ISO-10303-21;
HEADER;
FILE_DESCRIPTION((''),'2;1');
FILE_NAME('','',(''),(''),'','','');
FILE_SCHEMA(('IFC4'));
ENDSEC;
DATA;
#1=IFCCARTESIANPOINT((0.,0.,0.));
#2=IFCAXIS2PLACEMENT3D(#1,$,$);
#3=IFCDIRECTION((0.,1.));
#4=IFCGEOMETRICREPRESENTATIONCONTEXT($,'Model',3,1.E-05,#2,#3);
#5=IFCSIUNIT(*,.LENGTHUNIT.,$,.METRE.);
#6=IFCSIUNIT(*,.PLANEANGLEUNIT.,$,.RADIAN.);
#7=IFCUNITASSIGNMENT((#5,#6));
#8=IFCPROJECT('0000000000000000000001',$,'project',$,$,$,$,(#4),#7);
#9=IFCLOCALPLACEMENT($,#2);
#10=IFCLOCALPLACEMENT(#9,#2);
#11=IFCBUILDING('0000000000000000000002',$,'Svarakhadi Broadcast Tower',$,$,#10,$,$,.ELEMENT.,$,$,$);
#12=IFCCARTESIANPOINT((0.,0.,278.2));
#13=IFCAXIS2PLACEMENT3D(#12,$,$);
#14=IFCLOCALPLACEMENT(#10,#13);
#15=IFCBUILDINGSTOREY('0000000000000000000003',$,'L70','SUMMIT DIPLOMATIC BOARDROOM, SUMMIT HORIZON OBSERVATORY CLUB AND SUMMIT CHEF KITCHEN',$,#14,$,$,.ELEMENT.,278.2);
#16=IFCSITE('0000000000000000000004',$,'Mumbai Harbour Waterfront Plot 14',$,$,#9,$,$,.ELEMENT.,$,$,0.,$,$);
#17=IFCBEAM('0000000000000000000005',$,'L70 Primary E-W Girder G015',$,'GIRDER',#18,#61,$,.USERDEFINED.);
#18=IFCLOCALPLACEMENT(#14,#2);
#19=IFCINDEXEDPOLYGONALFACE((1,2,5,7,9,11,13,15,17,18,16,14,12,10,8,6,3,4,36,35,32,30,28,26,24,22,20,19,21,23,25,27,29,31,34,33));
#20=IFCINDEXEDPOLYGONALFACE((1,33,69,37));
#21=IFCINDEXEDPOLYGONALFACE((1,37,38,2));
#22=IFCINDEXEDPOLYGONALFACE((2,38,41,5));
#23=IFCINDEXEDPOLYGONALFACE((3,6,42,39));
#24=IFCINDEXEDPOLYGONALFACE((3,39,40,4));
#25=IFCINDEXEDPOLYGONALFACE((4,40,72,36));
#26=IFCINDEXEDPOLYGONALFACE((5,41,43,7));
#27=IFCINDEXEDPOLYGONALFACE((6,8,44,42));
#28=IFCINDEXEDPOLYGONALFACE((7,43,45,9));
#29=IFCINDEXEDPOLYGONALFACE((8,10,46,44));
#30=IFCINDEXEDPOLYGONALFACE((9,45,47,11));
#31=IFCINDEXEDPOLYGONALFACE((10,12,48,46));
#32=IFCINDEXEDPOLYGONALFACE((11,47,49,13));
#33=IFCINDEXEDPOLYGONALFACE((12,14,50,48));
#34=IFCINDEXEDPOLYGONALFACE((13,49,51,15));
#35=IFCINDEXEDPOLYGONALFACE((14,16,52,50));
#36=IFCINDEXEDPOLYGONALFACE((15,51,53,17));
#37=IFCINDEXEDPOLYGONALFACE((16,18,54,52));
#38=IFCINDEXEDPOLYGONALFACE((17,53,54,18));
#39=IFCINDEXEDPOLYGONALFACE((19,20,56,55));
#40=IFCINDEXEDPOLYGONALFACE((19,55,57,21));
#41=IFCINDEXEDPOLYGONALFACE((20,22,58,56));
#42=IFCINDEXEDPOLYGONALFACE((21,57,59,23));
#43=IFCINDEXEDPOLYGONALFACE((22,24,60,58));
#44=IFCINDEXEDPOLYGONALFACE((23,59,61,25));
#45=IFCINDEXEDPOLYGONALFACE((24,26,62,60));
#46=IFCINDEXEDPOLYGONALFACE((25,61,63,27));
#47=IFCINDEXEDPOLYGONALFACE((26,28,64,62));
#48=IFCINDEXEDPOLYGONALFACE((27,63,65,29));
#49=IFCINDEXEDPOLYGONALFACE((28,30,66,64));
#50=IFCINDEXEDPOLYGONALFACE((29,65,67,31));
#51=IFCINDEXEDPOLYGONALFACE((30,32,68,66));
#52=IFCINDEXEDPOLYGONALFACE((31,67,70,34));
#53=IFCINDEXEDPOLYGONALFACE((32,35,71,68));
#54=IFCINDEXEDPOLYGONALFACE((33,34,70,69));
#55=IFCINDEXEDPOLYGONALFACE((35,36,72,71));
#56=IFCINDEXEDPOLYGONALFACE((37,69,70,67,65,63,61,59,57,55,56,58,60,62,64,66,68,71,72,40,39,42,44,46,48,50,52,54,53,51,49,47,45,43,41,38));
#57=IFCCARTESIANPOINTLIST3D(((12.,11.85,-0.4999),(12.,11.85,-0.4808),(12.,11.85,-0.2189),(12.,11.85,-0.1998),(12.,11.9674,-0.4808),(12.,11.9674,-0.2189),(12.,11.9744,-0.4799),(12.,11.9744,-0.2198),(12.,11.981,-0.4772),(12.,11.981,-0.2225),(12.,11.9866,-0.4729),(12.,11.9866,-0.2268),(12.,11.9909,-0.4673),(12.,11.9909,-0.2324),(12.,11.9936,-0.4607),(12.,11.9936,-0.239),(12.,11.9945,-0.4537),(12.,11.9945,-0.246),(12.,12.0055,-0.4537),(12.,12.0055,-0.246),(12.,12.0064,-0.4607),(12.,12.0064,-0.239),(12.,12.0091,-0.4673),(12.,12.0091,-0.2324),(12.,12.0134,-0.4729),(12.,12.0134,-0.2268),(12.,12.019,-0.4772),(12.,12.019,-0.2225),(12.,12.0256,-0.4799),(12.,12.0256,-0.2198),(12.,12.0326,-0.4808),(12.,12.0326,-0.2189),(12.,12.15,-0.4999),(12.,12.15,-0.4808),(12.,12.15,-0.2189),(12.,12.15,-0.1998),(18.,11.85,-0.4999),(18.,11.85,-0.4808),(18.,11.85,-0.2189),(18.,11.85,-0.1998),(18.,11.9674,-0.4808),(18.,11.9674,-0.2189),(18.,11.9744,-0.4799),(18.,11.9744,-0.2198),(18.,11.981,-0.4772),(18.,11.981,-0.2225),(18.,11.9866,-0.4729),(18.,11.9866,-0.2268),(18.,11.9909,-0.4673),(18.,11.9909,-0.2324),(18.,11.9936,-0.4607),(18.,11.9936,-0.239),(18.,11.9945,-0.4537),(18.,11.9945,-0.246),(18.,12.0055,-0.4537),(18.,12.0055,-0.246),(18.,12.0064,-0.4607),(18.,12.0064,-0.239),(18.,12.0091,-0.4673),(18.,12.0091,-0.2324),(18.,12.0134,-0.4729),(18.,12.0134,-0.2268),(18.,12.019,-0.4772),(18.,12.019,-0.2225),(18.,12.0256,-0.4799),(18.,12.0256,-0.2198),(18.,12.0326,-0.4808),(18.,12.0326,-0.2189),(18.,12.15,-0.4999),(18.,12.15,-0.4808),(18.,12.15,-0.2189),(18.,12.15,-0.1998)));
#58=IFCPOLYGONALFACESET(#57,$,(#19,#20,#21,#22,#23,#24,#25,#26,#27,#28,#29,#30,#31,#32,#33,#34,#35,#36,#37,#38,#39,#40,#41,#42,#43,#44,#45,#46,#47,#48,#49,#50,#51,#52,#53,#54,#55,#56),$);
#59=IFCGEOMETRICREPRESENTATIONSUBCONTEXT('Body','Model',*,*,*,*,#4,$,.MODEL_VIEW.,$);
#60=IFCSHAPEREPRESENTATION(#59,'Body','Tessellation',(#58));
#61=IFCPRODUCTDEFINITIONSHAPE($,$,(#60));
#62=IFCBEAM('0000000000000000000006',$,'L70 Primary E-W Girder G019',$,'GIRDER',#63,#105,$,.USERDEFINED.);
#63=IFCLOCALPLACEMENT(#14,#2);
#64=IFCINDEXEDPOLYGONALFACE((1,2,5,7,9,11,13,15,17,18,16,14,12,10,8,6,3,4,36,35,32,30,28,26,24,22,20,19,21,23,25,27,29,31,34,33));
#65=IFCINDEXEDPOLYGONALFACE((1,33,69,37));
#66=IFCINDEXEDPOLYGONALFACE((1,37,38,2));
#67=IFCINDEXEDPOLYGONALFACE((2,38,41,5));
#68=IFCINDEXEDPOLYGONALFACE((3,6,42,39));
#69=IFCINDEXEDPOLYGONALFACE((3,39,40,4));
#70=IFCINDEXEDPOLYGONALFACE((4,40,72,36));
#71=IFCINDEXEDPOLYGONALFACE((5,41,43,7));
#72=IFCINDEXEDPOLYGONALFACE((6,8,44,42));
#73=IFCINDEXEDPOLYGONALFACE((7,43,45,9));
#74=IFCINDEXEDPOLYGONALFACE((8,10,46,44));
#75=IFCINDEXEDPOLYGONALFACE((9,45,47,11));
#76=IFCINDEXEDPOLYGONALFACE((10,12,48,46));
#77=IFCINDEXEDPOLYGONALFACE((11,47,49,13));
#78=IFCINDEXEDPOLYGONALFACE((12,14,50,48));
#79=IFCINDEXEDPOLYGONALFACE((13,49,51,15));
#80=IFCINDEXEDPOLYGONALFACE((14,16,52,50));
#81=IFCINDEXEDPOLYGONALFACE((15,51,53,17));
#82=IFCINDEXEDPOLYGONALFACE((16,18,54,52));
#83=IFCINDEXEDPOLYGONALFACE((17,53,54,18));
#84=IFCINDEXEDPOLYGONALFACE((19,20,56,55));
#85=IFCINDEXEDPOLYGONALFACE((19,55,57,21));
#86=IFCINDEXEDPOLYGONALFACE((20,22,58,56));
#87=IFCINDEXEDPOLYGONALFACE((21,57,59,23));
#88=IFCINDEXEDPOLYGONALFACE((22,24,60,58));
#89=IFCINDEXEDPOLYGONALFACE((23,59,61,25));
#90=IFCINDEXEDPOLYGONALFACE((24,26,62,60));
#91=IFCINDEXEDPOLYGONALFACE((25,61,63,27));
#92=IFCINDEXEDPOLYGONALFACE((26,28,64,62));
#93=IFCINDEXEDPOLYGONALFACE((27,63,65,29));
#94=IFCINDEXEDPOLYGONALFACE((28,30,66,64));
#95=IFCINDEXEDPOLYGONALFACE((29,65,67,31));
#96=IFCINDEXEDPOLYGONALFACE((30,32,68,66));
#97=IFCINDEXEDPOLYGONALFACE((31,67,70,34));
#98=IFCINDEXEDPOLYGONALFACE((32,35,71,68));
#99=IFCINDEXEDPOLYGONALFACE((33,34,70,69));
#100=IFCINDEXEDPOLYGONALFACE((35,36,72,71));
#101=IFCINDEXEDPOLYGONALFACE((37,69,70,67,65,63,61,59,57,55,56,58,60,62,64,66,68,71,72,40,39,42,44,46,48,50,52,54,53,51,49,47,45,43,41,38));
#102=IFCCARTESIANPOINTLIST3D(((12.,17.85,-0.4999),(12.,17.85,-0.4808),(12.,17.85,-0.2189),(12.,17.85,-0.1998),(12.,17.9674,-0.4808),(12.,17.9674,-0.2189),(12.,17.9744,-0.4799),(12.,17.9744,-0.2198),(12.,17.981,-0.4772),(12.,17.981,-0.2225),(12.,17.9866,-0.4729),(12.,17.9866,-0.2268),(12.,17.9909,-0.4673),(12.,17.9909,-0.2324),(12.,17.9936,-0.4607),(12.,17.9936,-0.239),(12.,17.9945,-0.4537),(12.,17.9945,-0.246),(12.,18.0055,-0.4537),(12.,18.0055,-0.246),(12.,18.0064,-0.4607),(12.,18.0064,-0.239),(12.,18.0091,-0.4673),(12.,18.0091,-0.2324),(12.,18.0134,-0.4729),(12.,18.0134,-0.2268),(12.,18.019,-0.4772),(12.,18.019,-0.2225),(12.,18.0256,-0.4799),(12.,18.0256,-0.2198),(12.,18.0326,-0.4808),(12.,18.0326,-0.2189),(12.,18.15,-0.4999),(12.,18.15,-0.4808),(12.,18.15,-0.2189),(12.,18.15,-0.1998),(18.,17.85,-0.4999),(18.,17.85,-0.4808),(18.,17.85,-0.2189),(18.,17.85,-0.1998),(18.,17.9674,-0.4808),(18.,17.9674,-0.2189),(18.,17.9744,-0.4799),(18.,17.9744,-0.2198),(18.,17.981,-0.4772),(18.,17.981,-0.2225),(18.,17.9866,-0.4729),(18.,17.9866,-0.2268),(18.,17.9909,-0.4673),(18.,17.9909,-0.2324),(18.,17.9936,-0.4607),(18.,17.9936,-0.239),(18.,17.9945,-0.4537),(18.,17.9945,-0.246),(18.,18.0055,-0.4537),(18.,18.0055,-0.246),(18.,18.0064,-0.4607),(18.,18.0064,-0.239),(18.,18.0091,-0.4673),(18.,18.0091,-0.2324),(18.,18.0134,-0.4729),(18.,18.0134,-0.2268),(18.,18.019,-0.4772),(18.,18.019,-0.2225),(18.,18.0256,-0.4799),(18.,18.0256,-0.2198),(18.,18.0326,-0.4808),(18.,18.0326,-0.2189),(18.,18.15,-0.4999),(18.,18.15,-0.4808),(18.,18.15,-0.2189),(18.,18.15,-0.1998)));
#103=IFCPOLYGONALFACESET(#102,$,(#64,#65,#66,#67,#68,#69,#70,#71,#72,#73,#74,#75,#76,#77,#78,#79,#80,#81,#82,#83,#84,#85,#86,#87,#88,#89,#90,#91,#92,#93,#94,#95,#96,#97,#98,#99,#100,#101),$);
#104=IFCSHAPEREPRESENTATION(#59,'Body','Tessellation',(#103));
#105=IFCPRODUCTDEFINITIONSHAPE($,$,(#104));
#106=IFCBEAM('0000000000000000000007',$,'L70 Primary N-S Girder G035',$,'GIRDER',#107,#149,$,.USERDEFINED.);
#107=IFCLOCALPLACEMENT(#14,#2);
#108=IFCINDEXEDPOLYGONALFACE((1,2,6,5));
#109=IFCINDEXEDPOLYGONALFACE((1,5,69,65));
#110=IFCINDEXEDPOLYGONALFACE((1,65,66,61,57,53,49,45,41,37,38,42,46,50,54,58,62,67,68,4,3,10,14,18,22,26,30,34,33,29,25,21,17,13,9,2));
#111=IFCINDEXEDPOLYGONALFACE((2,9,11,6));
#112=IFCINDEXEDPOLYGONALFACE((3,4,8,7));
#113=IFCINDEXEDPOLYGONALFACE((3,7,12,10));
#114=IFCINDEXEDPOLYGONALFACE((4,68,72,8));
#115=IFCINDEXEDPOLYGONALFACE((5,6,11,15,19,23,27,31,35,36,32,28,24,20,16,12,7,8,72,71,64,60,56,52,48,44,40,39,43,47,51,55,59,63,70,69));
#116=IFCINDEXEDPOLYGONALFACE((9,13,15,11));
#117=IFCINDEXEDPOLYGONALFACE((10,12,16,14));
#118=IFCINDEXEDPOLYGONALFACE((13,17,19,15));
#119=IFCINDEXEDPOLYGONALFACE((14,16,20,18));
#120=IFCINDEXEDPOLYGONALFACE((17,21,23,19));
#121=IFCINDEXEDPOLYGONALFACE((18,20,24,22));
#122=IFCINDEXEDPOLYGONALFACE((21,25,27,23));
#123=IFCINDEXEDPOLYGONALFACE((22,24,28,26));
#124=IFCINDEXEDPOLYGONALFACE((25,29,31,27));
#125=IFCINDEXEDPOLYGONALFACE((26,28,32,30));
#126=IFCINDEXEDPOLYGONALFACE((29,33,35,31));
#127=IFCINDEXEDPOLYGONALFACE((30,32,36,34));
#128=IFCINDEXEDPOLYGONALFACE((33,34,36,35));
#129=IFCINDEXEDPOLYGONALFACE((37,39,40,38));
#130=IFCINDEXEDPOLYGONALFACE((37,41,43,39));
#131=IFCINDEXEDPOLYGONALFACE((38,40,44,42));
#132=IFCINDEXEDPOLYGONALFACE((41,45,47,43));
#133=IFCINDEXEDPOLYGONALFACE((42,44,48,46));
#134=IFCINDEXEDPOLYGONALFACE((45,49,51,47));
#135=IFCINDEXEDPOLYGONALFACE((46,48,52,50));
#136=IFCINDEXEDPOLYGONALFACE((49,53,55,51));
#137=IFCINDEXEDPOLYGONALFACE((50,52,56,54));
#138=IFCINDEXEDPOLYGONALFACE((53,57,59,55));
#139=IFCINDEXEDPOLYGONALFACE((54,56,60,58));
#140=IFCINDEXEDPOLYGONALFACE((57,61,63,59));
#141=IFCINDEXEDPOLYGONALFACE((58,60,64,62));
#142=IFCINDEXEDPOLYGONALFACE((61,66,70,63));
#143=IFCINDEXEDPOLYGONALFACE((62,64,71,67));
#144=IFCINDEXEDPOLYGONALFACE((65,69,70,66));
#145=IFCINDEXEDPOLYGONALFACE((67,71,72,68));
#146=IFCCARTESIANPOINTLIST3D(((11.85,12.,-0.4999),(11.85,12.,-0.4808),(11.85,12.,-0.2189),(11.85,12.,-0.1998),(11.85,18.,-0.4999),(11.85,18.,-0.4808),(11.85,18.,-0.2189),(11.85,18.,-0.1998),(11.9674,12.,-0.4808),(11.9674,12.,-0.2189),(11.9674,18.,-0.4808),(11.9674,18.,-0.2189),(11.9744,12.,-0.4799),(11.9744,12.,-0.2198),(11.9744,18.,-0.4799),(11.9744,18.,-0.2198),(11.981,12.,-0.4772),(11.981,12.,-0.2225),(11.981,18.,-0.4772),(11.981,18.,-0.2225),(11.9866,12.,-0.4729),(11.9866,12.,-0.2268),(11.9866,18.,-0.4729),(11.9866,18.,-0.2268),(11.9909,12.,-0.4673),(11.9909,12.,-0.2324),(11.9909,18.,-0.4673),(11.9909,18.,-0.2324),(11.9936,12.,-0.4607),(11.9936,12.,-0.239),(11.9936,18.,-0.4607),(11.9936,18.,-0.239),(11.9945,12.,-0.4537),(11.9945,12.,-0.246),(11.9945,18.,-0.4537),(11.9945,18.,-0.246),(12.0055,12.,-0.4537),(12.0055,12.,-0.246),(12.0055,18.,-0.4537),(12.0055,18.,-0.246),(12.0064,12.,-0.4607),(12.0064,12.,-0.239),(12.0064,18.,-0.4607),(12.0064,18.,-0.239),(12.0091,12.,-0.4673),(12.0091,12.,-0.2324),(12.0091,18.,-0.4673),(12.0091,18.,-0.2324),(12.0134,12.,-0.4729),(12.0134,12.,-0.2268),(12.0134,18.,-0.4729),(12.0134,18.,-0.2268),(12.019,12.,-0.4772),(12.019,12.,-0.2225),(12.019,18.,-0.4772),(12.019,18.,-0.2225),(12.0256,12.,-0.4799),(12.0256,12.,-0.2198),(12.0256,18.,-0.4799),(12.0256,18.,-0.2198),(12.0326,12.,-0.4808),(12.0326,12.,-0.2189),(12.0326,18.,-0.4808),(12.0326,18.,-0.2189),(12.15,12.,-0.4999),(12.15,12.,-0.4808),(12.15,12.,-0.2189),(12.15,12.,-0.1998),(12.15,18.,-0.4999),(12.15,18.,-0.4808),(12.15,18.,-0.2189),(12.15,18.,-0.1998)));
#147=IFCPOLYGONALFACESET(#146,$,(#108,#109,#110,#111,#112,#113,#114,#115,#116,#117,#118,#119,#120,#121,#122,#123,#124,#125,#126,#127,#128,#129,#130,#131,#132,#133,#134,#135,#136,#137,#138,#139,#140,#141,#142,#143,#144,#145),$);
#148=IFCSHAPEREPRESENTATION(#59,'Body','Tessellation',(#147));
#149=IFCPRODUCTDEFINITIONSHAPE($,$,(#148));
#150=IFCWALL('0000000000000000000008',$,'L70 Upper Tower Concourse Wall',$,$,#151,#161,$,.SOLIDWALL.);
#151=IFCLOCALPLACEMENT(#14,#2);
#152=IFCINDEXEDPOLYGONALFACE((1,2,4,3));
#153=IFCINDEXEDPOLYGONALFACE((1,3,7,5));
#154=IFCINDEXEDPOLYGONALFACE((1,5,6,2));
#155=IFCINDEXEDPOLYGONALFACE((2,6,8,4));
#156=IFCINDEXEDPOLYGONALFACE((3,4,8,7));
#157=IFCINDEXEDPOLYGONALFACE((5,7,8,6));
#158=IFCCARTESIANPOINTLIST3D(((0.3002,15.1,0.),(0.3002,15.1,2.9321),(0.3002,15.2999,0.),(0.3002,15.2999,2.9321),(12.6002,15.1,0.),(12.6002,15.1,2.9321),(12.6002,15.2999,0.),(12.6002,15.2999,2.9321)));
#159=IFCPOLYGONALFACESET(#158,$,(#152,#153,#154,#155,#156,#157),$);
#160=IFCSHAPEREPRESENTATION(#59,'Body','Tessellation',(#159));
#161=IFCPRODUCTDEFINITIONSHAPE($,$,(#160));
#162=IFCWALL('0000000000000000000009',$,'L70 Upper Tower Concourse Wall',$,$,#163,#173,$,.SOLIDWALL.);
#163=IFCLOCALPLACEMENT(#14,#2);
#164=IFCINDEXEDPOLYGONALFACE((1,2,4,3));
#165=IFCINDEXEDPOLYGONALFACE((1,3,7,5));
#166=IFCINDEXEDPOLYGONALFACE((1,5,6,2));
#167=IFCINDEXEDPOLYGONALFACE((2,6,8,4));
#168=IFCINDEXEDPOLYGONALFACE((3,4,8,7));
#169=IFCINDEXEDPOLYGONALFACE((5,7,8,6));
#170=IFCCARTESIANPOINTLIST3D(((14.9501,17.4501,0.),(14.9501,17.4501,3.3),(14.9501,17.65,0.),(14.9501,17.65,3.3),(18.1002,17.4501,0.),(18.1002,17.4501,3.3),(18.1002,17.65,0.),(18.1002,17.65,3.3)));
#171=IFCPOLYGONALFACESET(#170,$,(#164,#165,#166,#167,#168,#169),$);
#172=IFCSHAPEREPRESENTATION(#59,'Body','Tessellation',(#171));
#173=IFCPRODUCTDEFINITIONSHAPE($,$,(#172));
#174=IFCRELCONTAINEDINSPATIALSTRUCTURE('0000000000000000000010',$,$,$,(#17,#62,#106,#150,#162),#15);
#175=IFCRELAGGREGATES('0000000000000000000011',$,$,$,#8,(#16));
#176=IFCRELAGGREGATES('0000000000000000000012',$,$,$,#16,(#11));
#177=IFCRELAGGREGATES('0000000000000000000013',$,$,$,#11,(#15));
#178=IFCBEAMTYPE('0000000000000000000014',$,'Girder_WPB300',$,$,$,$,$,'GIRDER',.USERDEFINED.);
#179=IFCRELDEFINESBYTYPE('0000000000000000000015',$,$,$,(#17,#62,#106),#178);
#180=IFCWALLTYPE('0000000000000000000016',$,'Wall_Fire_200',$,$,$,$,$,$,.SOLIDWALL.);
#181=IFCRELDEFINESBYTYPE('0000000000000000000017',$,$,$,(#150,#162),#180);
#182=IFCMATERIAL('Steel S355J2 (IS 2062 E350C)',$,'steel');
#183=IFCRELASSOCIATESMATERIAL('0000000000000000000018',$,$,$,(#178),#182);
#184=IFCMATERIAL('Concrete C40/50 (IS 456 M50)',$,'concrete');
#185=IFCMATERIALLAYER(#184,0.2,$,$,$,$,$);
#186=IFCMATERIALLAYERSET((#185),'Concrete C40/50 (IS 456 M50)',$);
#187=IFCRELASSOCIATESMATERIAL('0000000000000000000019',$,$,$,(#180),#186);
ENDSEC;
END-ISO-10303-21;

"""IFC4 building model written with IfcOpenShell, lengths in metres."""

from ifc_helpers import new_model, si_unit, direction, frame, frame_2d, origin, origin_2d, place, context, subcontext, project, spatial, rectangle, i_section, extrude, material, layer, layer_set, material_profile, profile_set, type_object, element, save


model = new_model("IFC4")

# Units and contexts
model_context = context("Model", 3, precision=1e-05, world=origin(), true_north=direction((0.0, 1.0)))
body_context = subcontext(model_context, "Body", "Model", "MODEL_VIEW")
ifc_project = project(units=[si_unit("LENGTHUNIT", "METRE"), si_unit("PLANEANGLEUNIT", "RADIAN")], contexts=[model_context])

# Site, building, storey
site_placement = place(None, origin())
site = spatial("IfcSite", under=ifc_project, at=site_placement, Name="Mumbai Harbour Waterfront Plot 14", CompositionType="ELEMENT", RefElevation=0.0)
building_placement = place(site_placement, origin())
building = spatial("IfcBuilding", under=site, at=building_placement, Name="Svarakhadi Broadcast Tower", CompositionType="ELEMENT")
storey_placement = place(building_placement, frame((0.0, 0.0, 278.2)))
storey = spatial("IfcBuildingStorey", under=building, at=storey_placement, Name="L70", Description="SUMMIT DIPLOMATIC BOARDROOM, SUMMIT HORIZON OBSERVATORY CLUB AND SUMMIT CHEF KITCHEN", CompositionType="ELEMENT", Elevation=278.2)

# Beams
ifc_material_1 = material(Name="Steel S355J2 (IS 2062 E350C)", Category="steel")
ifc_material_profile_1 = material_profile(ifc_material_1, i_section(OverallWidth=0.3, OverallDepth=0.3, WebThickness=0.011, FlangeThickness=0.019, FilletRadius=0.0271, at=origin_2d()), Name="WPB 300x300x117")
ifc_profile_set_1 = profile_set([ifc_material_profile_1], Name="Steel S355J2 (IS 2062 E350C)")
beam_type_1 = type_object("IfcBeamType", Name="Girder_WPB300", ElementType="GIRDER", PredefinedType="USERDEFINED", material=ifc_profile_set_1)
for number, where, z_axis, x_axis, name in (
    (1, (12.0, 12.0, -0.3499), (1.0, 0.0, 0.0), (0.0, 1.0, 0.0), "L70 Primary E-W Girder G015"),
    (2, (12.0, 18.0, -0.3499), (1.0, 0.0, 0.0), (0.0, 1.0, 0.0), "L70 Primary E-W Girder G019"),
    (3, (12.0, 12.0, -0.3499), (0.0, 1.0, 0.0), (-1.0, 0.0, 0.0), "L70 Primary N-S Girder G035"),
):
    element("IfcBeam", number, at=place(storey_placement, frame(where, z_axis=z_axis, x_axis=x_axis)), inside=storey, type_object=beam_type_1, Name=name, ObjectType="GIRDER", PredefinedType="USERDEFINED", context=body_context, shape_type="SweptSolid", body=[
        extrude(i_section(OverallWidth=0.3, OverallDepth=0.3, WebThickness=0.011, FlangeThickness=0.019, FilletRadius=0.0271, at=origin_2d()), origin(), (0.0, 0.0, 1.0), 6.0),
    ])

# Walls
ifc_material_2 = material(Name="Concrete C40/50 (IS 456 M50)", Category="concrete")
ifc_layer_1 = layer(ifc_material_2, 0.2)
ifc_layer_set_1 = layer_set([ifc_layer_1], Name="Concrete C40/50 (IS 456 M50)")
wall_type_1 = type_object("IfcWallType", Name="Wall_Fire_200", PredefinedType="SOLIDWALL", material=ifc_layer_set_1)
wall_1_placement = place(storey_placement, frame((12.6001, 15.2, 0.0), z_axis=(0.0, 0.0, 1.0), x_axis=(-1.0, 0.0, 0.0)))
element("IfcWall", 4, at=wall_1_placement, inside=storey, type_object=wall_type_1, Name="L70 Upper Tower Concourse Wall", PredefinedType="SOLIDWALL", context=body_context, shape_type="SweptSolid", body=[
    extrude(rectangle(XDim=12.3, YDim=0.2, at=frame_2d((6.1499, 0.0))), origin(), (0.0, 0.0, 1.0), 2.9321),
])
wall_2_placement = place(storey_placement, frame((14.95, 17.55, 0.0), z_axis=(0.0, 0.0, 1.0), x_axis=(1.0, 0.0, 0.0)))
element("IfcWall", 5, at=wall_2_placement, inside=storey, type_object=wall_type_1, Name="L70 Upper Tower Concourse Wall", PredefinedType="SOLIDWALL", context=body_context, shape_type="SweptSolid", body=[
    extrude(rectangle(XDim=3.1501, YDim=0.2, at=frame_2d((1.5752, 0.0))), origin(), (0.0, 0.0, 1.0), 3.3),
])

save(model, "model.ifc")
